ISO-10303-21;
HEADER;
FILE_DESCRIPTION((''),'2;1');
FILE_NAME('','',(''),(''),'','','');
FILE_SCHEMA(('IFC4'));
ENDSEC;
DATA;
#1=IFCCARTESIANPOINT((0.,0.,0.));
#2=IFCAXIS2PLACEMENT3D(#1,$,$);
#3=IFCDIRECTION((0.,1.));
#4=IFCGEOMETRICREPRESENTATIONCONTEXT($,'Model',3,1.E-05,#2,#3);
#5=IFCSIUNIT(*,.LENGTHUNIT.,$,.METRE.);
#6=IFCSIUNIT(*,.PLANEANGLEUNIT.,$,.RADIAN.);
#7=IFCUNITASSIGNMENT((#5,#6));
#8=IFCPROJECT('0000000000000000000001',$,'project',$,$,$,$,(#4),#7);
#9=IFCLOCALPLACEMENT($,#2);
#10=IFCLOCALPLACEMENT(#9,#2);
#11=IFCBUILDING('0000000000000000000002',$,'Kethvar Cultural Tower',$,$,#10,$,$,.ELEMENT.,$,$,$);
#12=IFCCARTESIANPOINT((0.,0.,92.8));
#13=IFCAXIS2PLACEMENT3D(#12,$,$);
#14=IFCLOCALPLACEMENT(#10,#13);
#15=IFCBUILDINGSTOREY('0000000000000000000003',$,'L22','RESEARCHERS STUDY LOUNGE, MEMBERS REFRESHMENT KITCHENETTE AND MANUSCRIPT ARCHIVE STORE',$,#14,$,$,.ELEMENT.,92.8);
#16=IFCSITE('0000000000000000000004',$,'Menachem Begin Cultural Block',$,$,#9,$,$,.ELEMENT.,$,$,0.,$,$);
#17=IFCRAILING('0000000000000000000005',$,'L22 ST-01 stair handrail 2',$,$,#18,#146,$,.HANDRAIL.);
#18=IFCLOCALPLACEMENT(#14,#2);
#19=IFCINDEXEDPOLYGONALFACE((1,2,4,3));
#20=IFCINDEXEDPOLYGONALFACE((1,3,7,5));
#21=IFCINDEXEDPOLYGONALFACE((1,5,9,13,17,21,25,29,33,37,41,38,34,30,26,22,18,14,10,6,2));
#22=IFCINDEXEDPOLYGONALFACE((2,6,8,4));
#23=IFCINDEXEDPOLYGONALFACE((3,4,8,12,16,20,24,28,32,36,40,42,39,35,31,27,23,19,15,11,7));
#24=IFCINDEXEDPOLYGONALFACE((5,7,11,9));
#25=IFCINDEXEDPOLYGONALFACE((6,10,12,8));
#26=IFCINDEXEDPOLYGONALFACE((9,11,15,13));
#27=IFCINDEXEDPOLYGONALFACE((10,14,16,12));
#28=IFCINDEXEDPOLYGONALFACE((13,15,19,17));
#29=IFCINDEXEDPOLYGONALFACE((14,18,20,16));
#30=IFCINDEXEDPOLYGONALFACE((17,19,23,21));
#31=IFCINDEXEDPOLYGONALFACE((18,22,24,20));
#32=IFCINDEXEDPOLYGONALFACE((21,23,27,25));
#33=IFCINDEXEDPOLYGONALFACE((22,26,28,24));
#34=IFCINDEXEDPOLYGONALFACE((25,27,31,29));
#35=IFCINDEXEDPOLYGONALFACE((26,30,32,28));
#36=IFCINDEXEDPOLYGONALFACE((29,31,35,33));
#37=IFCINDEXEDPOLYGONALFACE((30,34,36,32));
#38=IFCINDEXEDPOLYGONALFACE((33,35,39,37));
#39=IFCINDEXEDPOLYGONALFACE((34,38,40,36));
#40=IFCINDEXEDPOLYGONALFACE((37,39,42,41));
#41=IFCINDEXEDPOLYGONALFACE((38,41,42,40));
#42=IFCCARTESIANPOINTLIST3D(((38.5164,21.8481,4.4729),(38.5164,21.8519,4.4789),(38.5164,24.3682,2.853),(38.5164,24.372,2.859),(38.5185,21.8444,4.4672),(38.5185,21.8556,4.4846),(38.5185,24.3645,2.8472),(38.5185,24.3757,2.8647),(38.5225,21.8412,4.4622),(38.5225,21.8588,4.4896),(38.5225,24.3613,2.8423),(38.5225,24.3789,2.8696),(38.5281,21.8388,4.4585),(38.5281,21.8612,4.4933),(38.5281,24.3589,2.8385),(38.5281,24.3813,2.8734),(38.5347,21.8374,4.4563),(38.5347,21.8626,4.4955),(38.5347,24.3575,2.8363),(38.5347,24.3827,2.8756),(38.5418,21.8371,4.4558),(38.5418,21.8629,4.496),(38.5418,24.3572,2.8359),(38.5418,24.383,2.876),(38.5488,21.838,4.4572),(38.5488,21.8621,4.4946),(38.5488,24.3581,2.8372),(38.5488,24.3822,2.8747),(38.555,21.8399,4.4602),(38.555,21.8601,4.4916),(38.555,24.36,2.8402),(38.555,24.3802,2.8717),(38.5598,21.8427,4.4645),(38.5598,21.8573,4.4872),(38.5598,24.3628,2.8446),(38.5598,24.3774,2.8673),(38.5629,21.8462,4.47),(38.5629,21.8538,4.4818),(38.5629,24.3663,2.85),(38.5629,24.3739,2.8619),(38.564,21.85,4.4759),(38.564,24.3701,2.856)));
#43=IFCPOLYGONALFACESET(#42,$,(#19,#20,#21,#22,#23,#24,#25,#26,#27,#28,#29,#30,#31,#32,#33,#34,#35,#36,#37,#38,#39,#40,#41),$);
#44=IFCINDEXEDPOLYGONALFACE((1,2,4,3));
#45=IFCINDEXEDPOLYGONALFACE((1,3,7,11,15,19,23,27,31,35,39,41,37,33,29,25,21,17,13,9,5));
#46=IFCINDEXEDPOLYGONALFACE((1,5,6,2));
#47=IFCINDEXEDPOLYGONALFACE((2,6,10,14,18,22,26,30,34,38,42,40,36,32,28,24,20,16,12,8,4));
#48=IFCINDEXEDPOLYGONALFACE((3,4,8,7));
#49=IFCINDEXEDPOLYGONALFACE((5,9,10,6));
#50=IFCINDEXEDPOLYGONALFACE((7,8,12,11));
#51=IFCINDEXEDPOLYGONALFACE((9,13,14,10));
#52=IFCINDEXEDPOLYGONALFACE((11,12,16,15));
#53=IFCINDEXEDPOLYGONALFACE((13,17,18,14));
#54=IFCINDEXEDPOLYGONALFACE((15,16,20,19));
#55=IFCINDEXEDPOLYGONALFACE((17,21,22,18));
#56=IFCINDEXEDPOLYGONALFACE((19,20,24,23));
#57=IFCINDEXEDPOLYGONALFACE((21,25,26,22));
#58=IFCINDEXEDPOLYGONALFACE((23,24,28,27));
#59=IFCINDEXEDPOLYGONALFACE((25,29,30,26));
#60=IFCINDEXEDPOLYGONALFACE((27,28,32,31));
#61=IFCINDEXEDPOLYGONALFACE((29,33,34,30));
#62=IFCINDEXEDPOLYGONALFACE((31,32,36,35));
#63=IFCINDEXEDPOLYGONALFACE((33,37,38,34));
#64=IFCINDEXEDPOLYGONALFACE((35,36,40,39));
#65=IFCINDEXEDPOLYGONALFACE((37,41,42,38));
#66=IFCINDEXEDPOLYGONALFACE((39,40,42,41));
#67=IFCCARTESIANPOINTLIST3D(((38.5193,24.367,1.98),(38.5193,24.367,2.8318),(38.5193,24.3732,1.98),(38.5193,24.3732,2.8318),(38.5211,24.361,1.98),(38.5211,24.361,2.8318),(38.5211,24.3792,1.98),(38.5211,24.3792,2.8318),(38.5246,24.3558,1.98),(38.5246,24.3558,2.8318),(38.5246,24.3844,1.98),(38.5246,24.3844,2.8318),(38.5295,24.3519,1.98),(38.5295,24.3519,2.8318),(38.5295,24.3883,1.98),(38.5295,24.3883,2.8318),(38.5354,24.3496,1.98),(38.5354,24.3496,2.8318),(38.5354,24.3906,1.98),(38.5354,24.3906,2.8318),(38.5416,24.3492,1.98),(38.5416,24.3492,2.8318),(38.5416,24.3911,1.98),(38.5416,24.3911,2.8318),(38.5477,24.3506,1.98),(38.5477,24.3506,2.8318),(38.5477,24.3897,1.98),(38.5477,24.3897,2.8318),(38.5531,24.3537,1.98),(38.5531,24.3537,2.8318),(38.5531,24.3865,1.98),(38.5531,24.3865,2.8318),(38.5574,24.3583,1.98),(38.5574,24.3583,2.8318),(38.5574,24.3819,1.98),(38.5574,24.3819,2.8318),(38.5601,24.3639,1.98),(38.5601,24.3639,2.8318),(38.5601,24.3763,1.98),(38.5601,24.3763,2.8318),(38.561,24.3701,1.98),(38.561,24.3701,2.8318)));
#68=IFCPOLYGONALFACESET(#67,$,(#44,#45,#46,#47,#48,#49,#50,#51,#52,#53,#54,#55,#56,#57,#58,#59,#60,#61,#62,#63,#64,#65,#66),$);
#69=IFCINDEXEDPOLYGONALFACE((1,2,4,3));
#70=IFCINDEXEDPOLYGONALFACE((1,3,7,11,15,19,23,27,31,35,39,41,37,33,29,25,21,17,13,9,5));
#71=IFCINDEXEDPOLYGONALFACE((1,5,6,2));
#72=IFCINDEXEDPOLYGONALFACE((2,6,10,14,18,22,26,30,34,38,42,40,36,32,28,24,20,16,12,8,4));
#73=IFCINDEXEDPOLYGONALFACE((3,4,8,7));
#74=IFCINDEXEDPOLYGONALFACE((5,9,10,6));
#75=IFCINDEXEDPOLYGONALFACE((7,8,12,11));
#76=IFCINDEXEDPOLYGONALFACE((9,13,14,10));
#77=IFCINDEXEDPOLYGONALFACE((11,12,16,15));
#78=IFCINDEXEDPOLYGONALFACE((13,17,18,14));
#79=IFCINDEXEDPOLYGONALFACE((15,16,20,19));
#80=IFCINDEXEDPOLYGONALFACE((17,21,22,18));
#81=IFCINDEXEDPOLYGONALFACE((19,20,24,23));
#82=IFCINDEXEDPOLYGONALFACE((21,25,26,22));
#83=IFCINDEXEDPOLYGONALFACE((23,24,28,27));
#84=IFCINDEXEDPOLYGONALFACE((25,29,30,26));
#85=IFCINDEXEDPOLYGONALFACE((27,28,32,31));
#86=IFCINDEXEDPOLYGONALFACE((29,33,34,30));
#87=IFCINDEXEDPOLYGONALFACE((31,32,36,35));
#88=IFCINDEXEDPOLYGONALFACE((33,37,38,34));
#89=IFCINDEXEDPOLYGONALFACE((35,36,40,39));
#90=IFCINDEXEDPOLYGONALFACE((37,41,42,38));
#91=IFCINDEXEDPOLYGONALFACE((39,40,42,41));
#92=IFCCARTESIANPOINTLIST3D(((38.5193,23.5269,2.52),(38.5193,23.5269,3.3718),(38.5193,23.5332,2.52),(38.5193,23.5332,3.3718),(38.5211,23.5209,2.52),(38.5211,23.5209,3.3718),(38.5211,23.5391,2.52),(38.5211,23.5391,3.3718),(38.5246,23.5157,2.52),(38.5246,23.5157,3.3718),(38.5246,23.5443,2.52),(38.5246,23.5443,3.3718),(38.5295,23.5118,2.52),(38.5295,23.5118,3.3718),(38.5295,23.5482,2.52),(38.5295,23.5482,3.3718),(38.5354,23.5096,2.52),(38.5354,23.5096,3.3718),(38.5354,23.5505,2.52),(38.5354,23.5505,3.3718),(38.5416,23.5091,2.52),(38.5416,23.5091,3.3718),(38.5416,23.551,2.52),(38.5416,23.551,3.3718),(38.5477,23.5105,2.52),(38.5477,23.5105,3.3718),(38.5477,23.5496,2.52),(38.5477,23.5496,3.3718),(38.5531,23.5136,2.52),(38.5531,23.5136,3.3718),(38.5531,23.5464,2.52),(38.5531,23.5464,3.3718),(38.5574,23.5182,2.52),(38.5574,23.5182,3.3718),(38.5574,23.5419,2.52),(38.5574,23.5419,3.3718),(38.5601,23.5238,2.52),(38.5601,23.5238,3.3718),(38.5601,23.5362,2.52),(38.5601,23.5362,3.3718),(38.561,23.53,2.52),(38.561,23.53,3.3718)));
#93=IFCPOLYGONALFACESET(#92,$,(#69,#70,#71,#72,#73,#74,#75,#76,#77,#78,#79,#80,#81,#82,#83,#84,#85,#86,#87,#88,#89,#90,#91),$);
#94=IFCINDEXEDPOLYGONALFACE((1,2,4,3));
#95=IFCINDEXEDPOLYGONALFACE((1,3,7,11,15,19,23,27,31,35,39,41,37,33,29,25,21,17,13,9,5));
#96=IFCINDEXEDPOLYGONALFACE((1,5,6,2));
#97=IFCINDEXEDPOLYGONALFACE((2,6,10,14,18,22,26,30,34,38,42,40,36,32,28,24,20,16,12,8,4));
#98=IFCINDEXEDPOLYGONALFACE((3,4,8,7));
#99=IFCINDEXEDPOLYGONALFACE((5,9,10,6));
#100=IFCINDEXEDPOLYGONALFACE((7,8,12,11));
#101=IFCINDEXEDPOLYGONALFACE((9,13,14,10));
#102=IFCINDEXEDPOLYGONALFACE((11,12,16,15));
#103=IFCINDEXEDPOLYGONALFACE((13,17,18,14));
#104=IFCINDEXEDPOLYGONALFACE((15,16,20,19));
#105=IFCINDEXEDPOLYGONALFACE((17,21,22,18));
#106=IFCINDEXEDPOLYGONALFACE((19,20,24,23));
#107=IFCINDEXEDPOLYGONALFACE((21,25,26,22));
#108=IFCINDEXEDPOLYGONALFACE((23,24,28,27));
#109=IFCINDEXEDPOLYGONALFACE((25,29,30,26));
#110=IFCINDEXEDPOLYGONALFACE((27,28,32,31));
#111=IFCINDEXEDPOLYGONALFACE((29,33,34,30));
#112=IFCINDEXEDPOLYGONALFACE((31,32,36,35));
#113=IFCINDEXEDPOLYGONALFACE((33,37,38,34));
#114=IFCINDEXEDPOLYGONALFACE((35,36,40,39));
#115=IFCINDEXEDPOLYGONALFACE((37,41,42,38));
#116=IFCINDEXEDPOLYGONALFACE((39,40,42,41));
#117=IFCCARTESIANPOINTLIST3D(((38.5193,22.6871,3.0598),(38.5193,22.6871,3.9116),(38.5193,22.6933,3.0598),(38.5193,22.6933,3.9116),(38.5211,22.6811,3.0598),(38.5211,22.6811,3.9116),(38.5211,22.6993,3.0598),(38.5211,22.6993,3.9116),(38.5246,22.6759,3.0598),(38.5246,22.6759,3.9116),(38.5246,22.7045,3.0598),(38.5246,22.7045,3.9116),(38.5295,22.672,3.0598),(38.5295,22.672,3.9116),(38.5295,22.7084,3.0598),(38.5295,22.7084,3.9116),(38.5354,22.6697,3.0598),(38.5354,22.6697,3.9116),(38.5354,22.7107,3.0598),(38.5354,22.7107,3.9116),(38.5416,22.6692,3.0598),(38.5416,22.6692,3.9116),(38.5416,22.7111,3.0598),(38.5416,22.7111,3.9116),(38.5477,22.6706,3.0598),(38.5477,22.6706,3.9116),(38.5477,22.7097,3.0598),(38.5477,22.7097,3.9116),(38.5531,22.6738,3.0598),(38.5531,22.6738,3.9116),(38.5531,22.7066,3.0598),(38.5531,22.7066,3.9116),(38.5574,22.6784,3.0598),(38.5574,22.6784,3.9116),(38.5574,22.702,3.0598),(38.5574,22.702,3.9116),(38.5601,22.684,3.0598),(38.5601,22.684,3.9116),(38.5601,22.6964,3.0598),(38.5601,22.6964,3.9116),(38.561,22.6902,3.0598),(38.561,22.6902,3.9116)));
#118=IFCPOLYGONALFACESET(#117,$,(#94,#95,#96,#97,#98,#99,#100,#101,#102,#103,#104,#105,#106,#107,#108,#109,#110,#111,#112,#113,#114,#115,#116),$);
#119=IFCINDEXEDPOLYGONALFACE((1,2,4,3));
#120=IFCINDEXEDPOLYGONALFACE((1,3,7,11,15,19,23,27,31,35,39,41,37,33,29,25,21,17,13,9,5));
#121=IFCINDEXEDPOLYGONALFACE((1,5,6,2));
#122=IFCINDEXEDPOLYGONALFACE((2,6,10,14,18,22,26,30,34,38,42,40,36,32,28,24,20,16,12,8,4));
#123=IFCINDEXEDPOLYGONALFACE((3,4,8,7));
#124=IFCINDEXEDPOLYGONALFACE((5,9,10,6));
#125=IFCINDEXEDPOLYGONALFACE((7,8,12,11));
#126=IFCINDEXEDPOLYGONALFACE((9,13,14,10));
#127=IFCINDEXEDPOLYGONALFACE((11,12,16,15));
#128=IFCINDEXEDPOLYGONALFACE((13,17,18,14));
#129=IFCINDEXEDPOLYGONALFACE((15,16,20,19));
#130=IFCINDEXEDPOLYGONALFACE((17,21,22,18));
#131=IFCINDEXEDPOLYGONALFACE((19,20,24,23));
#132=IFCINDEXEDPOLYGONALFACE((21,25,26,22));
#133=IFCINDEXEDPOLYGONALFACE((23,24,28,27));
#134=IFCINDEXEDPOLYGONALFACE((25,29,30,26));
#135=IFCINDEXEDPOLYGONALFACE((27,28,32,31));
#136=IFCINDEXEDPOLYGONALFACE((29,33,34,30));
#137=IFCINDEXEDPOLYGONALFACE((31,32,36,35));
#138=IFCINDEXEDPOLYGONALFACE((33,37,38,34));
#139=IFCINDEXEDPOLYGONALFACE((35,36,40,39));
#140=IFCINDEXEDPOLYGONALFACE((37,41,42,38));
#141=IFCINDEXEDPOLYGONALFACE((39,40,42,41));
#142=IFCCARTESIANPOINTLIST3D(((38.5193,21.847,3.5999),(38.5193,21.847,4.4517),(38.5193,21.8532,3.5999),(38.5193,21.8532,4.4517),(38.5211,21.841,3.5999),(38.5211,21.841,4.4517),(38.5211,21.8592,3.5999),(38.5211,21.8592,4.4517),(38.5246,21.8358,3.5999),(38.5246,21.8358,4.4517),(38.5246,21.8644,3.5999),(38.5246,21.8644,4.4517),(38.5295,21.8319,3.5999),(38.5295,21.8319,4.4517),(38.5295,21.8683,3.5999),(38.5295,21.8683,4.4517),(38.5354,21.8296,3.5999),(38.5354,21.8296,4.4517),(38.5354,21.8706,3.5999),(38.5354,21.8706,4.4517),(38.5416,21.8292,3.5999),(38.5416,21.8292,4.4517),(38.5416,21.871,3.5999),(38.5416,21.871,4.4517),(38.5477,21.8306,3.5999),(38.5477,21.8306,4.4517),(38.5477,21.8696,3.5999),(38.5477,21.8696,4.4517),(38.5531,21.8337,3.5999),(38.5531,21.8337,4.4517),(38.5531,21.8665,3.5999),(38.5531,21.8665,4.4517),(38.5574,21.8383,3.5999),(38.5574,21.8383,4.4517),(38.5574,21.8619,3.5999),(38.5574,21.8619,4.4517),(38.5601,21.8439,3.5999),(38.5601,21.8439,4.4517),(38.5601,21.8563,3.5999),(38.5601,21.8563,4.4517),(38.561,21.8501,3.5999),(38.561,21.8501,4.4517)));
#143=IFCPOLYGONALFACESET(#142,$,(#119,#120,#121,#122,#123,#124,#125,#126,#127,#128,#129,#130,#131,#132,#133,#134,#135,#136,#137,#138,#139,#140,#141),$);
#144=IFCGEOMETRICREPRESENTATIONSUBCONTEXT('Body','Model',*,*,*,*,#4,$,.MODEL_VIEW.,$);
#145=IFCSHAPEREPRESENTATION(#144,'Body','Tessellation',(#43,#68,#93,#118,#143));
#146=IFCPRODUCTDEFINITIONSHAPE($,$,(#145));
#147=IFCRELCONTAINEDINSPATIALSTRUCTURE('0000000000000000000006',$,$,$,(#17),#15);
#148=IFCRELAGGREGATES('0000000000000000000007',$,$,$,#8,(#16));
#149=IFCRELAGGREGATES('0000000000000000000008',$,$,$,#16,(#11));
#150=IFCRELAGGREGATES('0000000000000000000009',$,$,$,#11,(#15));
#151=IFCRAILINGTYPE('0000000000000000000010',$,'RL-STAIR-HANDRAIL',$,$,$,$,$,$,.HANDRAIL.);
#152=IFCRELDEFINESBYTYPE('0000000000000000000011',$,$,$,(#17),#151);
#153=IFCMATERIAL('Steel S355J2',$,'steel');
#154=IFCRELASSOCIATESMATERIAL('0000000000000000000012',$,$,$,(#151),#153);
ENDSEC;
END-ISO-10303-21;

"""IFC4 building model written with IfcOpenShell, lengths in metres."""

from ifc_helpers import new_model, si_unit, direction, frame, origin, origin_2d, place, context, subcontext, project, spatial, circle, extrude, material, type_object, element, save


model = new_model("IFC4")

# Units and contexts
model_context = context("Model", 3, precision=1e-05, world=origin(), true_north=direction((0.0, 1.0)))
body_context = subcontext(model_context, "Body", "Model", "MODEL_VIEW")
ifc_project = project(units=[si_unit("LENGTHUNIT", "METRE"), si_unit("PLANEANGLEUNIT", "RADIAN")], contexts=[model_context])

# Site, building, storey
site_placement = place(None, origin())
site = spatial("IfcSite", under=ifc_project, at=site_placement, Name="Menachem Begin Cultural Block", CompositionType="ELEMENT", RefElevation=0.0)
building_placement = place(site_placement, origin())
building = spatial("IfcBuilding", under=site, at=building_placement, Name="Kethvar Cultural Tower", CompositionType="ELEMENT")
storey_placement = place(building_placement, frame((0.0, 0.0, 92.8)))
storey = spatial("IfcBuildingStorey", under=building, at=storey_placement, Name="L22", Description="RESEARCHERS STUDY LOUNGE, MEMBERS REFRESHMENT KITCHENETTE AND MANUSCRIPT ARCHIVE STORE", CompositionType="ELEMENT", Elevation=92.8)

# Shared definitions
ifc_material_1 = material(Name="Steel S355J2", Category="steel")

# Railing
railing_type_1 = type_object("IfcRailingType", Name="RL-STAIR-HANDRAIL", PredefinedType="HANDRAIL", material=ifc_material_1)
railing_1_placement = place(storey_placement, frame((38.54, 24.3701, 1.98)))
element("IfcRailing", 1, at=railing_1_placement, inside=storey, type_object=railing_type_1, Name="L22 ST-01 stair handrail 2", PredefinedType="HANDRAIL", context=body_context, shape_type="SweptSolid", body=[
    extrude(circle(Radius=0.0239, at=origin_2d()), frame((0.0, 0.0, 0.876), z_axis=(0.0, -0.8412, 0.540725), x_axis=(1.0, 0.0, 0.0)), (0.0, 0.0, 1.0), 2.9958),
    extrude(circle(Radius=0.021, at=origin_2d()), origin(), (0.0, 0.0, 1.0), 0.8518),
    extrude(circle(Radius=0.021, at=origin_2d()), frame((0.0, -0.8401, 0.54)), (0.0, 0.0, 1.0), 0.8518),
    extrude(circle(Radius=0.021, at=origin_2d()), frame((0.0, -1.6799, 1.0798)), (0.0, 0.0, 1.0), 0.8518),
    extrude(circle(Radius=0.021, at=origin_2d()), frame((0.0, -2.52, 1.6199)), (0.0, 0.0, 1.0), 0.8518),
])

save(model, "model.ifc")
